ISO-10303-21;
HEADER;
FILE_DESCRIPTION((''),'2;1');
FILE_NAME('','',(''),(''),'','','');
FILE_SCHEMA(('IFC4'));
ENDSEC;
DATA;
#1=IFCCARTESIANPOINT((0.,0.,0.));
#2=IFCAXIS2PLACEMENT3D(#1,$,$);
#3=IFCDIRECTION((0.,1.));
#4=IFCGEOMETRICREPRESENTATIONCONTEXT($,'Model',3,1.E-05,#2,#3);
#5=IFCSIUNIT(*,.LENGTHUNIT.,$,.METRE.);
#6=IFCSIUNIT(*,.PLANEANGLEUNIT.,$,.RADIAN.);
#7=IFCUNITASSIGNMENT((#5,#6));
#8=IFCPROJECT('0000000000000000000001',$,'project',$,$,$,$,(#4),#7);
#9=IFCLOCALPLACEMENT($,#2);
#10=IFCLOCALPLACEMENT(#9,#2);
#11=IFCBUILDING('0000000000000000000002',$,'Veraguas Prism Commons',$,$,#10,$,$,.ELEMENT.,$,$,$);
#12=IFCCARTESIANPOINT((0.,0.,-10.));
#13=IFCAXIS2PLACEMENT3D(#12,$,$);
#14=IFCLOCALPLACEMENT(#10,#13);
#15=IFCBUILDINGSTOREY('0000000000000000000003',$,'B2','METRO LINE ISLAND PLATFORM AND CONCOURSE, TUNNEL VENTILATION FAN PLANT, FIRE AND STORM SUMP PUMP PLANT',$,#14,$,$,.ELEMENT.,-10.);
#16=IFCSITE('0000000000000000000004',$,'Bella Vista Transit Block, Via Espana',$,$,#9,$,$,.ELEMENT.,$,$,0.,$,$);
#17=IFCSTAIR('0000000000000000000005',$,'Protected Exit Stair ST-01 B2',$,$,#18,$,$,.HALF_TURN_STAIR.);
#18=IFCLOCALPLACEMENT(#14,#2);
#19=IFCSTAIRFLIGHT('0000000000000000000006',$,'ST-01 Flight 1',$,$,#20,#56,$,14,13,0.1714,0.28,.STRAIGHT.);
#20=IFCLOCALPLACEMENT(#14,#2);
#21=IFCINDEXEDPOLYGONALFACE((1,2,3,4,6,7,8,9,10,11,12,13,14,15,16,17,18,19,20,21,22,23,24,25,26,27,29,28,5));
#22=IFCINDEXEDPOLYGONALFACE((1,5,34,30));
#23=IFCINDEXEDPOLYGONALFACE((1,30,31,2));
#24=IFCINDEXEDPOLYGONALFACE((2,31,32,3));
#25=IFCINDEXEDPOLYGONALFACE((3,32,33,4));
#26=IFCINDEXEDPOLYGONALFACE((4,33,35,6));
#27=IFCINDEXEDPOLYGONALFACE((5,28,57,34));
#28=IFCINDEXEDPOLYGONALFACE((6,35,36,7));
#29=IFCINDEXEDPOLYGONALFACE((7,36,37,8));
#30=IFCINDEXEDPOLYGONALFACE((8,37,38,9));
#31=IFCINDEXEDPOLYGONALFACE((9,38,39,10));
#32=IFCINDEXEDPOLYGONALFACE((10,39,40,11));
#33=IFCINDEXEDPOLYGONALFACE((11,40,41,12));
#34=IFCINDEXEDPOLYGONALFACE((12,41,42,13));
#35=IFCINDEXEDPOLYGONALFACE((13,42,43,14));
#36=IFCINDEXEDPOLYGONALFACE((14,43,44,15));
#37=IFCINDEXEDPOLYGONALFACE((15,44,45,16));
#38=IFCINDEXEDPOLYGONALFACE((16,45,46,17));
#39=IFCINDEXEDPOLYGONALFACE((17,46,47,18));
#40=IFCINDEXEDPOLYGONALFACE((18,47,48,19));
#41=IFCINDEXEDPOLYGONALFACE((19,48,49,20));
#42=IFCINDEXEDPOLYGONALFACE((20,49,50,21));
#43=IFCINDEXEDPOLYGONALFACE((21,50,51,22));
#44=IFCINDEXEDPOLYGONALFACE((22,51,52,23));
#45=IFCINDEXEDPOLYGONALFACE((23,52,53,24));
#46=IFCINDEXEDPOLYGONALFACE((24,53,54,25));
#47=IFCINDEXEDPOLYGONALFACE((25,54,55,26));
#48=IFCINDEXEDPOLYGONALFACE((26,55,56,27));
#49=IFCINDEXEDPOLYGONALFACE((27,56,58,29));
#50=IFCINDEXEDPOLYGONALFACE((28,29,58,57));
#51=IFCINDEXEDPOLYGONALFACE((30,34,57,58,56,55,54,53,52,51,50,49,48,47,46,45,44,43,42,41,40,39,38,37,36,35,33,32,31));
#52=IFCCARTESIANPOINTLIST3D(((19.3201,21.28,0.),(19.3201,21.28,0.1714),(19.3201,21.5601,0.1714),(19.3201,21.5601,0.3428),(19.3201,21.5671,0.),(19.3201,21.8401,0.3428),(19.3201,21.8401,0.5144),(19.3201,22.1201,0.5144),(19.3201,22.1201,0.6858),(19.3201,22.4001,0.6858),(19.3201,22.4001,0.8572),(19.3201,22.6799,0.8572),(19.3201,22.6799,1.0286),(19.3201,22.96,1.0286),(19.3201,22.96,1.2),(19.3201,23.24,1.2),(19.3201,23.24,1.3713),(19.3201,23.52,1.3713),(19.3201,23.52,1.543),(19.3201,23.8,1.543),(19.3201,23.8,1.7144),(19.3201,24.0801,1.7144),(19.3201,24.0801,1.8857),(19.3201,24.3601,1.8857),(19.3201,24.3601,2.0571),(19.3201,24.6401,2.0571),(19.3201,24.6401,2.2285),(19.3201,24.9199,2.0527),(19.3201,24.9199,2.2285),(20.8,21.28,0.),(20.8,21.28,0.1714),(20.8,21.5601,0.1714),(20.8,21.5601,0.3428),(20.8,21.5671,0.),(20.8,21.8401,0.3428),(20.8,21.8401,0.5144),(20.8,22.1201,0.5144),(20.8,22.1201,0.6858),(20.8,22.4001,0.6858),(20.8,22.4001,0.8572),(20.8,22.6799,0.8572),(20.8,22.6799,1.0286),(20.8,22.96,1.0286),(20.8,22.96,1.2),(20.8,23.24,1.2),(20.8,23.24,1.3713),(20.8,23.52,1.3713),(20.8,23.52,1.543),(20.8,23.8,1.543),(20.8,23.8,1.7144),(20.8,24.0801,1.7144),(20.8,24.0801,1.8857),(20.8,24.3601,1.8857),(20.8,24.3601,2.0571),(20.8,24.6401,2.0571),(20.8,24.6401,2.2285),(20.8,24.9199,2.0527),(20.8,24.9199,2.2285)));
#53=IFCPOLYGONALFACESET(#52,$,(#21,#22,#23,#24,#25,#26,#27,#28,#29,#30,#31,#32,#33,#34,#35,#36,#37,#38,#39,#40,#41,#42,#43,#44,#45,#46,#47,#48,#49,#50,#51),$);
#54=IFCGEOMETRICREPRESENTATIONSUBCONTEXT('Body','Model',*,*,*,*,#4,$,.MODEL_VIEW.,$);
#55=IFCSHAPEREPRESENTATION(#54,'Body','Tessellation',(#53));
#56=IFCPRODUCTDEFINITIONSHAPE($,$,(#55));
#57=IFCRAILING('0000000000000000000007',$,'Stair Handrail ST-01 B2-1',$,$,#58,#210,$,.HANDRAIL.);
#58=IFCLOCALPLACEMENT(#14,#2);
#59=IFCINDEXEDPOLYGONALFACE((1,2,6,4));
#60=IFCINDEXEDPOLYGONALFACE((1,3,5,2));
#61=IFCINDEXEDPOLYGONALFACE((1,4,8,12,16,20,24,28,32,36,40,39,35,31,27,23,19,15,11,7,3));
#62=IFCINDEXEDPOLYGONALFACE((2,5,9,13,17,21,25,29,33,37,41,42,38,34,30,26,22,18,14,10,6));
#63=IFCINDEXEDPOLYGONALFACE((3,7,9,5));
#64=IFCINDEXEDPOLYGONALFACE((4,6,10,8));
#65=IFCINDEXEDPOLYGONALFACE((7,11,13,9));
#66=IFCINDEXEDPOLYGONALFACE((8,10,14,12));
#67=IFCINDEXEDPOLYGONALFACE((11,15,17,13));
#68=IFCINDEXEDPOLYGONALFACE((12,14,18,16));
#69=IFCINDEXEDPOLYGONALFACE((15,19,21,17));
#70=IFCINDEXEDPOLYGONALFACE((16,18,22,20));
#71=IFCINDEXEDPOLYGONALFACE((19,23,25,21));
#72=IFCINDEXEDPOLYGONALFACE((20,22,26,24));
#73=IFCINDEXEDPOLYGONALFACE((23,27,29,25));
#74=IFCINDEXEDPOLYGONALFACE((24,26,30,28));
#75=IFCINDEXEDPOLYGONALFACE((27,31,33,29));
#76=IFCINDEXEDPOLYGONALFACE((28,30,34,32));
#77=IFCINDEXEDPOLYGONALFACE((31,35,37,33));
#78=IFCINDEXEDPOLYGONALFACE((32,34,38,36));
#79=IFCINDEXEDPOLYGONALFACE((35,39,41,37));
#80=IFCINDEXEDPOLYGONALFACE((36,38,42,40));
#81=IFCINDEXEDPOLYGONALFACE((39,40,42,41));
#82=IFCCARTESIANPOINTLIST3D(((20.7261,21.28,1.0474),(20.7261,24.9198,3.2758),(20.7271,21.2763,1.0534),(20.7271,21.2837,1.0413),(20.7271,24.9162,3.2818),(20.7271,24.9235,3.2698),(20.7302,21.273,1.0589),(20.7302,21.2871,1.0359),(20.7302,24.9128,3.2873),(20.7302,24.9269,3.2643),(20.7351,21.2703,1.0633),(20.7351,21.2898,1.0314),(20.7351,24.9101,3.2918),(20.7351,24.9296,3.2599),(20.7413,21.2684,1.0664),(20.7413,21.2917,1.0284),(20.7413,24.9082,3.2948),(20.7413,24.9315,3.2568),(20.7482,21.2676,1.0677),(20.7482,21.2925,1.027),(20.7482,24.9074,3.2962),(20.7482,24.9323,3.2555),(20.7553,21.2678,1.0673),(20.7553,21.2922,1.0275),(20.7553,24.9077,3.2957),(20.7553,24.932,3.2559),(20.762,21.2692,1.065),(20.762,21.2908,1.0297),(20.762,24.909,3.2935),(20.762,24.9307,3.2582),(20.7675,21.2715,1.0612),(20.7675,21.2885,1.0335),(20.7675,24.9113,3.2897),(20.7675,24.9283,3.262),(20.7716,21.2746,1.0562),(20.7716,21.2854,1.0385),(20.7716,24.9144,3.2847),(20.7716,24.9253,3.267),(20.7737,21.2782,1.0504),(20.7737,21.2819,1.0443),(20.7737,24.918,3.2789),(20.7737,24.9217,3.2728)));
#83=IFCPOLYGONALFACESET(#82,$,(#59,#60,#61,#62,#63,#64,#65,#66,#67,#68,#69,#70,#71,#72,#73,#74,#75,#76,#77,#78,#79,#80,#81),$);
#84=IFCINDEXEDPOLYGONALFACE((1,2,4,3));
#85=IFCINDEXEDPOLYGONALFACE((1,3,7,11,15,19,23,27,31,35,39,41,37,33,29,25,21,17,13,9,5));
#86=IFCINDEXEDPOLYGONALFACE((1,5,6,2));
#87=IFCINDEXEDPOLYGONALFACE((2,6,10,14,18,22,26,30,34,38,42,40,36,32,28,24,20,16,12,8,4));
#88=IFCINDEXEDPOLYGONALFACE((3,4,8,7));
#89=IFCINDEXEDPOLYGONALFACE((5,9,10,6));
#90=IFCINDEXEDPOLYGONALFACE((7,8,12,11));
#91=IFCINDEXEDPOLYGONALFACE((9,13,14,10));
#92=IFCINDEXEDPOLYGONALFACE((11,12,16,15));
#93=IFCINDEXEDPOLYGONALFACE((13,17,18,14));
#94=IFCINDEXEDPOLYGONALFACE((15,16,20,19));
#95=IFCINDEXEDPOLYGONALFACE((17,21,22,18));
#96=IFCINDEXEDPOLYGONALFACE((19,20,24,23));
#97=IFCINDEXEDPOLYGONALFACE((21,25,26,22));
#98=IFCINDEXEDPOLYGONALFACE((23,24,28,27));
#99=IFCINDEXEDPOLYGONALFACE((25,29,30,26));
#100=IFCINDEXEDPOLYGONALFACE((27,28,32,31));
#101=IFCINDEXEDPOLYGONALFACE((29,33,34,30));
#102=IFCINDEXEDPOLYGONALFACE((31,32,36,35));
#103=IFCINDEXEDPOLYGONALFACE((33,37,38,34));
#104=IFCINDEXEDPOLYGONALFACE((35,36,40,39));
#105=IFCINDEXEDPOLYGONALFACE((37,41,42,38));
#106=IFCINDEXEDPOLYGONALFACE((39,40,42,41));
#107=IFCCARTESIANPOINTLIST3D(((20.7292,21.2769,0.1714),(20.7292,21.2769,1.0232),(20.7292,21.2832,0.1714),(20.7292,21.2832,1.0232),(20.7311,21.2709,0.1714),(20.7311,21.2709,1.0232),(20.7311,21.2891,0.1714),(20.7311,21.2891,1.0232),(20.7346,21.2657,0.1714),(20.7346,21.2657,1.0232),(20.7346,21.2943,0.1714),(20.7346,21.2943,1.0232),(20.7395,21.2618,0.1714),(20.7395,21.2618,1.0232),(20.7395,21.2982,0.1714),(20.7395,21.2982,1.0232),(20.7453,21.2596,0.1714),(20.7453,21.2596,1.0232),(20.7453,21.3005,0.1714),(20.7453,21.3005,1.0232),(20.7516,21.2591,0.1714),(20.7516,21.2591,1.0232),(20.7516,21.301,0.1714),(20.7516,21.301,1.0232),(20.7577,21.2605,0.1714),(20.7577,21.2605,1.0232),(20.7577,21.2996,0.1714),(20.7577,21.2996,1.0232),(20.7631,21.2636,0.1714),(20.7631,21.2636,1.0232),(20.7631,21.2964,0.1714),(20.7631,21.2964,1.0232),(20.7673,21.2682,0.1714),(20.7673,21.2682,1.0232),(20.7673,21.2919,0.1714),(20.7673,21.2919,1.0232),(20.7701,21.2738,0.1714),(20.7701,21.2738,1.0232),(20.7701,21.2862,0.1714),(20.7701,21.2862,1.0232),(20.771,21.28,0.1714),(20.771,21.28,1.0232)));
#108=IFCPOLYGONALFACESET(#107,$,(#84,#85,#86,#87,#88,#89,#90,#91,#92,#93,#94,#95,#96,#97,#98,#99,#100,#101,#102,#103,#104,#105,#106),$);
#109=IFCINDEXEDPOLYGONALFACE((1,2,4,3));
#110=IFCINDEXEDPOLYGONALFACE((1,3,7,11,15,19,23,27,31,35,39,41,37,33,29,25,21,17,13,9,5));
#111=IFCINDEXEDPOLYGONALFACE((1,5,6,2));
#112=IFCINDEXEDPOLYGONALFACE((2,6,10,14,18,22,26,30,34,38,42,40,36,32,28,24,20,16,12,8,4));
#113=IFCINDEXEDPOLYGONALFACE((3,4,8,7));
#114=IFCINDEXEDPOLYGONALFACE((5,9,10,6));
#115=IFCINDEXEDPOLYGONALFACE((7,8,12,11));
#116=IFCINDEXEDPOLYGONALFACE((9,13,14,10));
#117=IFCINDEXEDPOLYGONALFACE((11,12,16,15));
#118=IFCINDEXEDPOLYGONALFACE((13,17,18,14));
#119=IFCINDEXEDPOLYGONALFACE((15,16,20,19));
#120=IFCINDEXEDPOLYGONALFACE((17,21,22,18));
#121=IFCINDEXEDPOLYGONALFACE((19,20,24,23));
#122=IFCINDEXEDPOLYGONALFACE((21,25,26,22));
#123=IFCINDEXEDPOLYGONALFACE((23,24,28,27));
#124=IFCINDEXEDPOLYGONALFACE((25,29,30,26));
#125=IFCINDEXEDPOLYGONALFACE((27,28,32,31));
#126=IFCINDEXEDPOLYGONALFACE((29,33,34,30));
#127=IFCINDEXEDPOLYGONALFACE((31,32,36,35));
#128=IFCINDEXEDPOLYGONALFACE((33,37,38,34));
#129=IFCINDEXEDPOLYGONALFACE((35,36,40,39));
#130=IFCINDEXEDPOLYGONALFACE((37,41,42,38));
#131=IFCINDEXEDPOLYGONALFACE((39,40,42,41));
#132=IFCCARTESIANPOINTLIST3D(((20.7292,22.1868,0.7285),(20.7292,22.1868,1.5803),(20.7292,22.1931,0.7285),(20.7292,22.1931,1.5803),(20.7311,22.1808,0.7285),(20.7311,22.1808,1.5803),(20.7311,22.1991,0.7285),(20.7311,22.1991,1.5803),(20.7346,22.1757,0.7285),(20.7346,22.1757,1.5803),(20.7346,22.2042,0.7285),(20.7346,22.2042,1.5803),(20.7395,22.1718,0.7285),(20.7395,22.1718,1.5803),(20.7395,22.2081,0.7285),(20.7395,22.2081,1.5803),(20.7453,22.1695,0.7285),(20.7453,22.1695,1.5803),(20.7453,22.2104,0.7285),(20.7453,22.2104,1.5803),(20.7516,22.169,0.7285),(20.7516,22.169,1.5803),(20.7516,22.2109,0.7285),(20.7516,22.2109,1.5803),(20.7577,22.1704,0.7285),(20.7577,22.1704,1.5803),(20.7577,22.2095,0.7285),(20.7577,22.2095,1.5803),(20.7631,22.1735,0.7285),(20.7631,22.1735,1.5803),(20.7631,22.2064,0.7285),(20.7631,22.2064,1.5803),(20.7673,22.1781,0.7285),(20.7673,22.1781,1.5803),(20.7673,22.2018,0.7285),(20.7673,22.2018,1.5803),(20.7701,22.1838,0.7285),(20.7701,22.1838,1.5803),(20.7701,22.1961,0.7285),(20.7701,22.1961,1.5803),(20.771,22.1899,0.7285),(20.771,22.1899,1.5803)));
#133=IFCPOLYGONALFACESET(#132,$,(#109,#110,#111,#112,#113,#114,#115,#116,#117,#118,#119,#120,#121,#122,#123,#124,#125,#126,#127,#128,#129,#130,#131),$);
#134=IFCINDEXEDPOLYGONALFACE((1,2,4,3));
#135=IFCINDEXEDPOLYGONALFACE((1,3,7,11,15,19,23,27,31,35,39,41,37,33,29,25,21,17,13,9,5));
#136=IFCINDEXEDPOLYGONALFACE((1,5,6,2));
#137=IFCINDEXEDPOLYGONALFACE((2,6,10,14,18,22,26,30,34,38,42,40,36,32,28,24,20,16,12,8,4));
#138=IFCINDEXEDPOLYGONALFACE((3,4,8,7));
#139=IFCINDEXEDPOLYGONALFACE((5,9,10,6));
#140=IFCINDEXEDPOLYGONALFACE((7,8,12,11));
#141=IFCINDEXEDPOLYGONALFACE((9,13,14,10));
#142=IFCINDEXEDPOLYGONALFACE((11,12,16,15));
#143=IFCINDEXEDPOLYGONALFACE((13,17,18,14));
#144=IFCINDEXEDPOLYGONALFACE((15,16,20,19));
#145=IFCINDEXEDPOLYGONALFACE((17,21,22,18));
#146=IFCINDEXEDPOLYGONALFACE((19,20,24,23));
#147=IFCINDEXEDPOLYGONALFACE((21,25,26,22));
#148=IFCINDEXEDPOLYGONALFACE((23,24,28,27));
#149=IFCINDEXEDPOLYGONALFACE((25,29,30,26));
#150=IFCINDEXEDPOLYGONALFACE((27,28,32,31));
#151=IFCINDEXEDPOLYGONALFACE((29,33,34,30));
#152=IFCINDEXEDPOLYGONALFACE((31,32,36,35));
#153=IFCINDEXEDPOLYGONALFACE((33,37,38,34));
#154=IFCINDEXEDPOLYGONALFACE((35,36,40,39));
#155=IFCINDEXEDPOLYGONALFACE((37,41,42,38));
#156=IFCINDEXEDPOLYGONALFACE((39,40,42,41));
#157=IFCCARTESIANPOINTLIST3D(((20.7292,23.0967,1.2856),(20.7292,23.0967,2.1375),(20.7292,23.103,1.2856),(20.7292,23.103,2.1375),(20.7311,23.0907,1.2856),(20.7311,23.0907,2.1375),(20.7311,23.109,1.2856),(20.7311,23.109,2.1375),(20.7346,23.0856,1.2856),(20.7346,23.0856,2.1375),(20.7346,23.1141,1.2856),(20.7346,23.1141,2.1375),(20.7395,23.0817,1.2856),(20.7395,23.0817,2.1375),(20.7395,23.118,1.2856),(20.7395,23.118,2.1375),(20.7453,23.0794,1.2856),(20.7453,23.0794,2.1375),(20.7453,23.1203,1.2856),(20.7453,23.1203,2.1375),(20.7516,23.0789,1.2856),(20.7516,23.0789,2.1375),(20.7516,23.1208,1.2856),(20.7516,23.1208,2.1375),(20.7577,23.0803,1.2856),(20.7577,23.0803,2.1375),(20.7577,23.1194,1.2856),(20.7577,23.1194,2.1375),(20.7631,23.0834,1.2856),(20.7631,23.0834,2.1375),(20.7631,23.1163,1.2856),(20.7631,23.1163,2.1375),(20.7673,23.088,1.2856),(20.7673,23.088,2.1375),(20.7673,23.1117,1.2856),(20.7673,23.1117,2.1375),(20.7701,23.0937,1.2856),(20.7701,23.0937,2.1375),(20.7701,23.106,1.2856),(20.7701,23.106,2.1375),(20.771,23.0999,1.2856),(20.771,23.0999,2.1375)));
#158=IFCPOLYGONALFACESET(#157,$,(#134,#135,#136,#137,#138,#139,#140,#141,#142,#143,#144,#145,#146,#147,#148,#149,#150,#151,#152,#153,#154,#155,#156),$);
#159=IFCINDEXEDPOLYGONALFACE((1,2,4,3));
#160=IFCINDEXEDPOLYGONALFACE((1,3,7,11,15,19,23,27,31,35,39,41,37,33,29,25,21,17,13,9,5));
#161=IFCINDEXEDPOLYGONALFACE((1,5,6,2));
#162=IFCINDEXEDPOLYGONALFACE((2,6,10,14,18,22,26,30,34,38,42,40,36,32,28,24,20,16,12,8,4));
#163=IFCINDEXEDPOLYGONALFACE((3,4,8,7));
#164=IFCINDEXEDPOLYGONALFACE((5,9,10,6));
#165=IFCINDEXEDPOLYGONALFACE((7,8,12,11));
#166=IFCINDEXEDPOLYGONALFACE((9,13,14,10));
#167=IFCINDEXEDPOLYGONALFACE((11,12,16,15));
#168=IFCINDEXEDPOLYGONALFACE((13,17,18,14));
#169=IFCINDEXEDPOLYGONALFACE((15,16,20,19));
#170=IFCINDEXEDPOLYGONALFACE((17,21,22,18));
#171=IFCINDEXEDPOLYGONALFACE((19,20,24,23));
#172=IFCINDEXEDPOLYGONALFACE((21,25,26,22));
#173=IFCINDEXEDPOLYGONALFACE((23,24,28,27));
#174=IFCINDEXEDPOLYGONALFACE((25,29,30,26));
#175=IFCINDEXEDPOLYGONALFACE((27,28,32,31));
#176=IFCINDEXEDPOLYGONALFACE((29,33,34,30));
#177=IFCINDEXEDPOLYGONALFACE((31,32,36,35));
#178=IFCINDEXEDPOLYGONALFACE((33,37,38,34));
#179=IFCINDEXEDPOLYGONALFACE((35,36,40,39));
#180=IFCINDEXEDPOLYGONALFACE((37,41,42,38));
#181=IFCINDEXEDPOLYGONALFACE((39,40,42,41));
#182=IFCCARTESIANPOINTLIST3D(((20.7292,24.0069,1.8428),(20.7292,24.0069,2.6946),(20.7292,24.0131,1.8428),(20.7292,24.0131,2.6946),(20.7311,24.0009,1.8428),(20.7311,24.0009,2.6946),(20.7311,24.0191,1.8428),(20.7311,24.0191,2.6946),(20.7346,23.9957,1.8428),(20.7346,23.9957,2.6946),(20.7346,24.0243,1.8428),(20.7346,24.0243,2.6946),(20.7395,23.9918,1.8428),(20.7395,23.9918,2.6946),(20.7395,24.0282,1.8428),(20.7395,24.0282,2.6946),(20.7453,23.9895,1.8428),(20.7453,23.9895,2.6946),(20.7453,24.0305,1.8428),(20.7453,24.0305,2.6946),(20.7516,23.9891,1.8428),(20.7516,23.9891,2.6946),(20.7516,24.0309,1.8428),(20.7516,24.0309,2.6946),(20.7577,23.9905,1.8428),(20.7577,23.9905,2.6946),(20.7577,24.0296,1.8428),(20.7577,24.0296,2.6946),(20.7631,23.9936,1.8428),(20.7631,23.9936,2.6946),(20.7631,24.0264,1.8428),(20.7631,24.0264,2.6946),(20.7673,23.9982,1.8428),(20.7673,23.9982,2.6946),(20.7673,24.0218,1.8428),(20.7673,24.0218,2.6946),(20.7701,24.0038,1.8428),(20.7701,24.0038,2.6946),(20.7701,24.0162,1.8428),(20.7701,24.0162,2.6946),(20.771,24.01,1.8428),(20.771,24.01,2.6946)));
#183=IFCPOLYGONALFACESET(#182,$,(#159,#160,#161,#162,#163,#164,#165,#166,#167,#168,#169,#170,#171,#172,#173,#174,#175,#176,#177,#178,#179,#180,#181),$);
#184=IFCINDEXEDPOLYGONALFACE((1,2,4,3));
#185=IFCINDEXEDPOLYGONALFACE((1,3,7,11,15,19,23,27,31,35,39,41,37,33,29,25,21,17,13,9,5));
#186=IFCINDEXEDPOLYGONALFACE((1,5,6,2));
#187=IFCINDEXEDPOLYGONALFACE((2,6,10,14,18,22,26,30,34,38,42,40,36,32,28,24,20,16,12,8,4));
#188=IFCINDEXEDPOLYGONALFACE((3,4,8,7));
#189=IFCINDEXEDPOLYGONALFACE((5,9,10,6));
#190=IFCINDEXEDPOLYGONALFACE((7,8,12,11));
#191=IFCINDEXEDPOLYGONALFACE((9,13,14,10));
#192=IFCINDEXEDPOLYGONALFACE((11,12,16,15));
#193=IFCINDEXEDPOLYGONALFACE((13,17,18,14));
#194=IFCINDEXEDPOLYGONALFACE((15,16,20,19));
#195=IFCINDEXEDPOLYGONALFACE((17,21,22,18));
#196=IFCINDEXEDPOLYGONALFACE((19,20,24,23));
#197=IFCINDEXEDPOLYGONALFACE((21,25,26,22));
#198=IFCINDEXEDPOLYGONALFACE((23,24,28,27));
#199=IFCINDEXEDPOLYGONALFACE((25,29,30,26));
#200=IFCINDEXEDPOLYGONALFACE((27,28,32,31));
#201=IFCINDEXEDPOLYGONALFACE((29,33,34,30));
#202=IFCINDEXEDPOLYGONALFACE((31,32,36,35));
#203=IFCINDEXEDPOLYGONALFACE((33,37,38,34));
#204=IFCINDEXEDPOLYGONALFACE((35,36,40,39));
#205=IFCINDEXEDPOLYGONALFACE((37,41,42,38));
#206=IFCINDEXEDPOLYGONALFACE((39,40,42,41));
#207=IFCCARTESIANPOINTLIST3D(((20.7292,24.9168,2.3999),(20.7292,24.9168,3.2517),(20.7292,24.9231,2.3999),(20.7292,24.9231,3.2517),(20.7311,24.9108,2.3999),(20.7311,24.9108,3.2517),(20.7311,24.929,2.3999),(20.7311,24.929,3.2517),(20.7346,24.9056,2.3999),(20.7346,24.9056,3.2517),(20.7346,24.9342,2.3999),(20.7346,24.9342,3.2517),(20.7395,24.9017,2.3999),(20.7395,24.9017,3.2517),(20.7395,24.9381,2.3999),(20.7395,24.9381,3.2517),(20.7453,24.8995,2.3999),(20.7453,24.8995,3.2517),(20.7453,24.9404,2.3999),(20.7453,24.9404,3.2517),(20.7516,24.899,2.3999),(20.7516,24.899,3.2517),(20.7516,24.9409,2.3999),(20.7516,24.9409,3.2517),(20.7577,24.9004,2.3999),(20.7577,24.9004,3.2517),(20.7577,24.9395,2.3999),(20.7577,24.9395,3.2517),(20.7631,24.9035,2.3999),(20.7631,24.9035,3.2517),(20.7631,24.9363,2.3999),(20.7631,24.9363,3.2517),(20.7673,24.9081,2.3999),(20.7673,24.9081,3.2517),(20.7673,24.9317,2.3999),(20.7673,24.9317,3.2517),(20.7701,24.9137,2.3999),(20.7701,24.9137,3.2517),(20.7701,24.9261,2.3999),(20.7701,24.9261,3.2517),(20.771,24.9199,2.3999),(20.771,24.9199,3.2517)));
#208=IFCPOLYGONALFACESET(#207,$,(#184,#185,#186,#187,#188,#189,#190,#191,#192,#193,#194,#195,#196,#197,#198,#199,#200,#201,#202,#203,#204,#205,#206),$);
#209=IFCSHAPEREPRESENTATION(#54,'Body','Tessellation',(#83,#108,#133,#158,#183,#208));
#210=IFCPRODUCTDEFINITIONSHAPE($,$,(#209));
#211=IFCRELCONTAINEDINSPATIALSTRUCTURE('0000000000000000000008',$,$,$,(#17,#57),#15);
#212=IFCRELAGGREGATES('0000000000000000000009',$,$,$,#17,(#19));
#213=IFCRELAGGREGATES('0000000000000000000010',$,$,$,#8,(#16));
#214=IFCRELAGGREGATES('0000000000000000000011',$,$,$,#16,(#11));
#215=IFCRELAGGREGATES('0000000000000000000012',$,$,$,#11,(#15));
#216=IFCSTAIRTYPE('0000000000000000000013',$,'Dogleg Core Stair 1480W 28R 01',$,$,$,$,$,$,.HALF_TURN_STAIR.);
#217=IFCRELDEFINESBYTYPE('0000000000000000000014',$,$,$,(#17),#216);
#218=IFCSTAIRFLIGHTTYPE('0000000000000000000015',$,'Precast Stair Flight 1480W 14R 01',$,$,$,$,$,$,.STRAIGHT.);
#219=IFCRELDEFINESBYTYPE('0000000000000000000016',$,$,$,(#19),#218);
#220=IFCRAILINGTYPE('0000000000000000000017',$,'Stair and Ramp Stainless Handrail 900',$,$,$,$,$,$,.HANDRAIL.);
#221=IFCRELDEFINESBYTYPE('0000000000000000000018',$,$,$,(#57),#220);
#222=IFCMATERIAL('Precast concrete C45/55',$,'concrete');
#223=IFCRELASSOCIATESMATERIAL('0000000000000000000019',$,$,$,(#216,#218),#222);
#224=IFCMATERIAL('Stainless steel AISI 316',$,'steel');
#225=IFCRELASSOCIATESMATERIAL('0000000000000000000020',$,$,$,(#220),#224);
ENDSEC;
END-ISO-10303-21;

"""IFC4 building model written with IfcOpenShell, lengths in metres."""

from ifc_helpers import new_model, si_unit, direction, frame, origin, origin_2d, place, context, subcontext, project, spatial, polyline, circle, outline, extrude, material, type_object, element, aggregate, save


model = new_model("IFC4")

# Units and contexts
model_context = context("Model", 3, precision=1e-05, world=origin(), true_north=direction((0.0, 1.0)))
body_context = subcontext(model_context, "Body", "Model", "MODEL_VIEW")
ifc_project = project(units=[si_unit("LENGTHUNIT", "METRE"), si_unit("PLANEANGLEUNIT", "RADIAN")], contexts=[model_context])

# Site, building, storey
site_placement = place(None, origin())
site = spatial("IfcSite", under=ifc_project, at=site_placement, Name="Bella Vista Transit Block, Via Espana", CompositionType="ELEMENT", RefElevation=0.0)
building_placement = place(site_placement, origin())
building = spatial("IfcBuilding", under=site, at=building_placement, Name="Veraguas Prism Commons", CompositionType="ELEMENT")
storey_placement = place(building_placement, frame((0.0, 0.0, -10.0)))
storey = spatial("IfcBuildingStorey", under=building, at=storey_placement, Name="B2", Description="METRO LINE ISLAND PLATFORM AND CONCOURSE, TUNNEL VENTILATION FAN PLANT, FIRE AND STORM SUMP PUMP PLANT", CompositionType="ELEMENT", Elevation=-10.0)

# Shared definitions
ifc_material_1 = material(Name="Stainless steel AISI 316", Category="steel")

# Stair, stair flight
ifc_material_2 = material(Name="Precast concrete C45/55", Category="concrete")
stair_type = type_object("IfcStairType", Name="Dogleg Core Stair 1480W 28R 01", PredefinedType="HALF_TURN_STAIR", material=ifc_material_2)
stair_placement = place(storey_placement, origin())
stair = element("IfcStair", 1, at=stair_placement, inside=storey, type_object=stair_type, Name="Protected Exit Stair ST-01 B2", PredefinedType="HALF_TURN_STAIR")
stair_flight_type = type_object("IfcStairFlightType", Name="Precast Stair Flight 1480W 14R 01", PredefinedType="STRAIGHT", material=ifc_material_2)
stair_flight_placement = place(storey_placement, frame((20.0601, 21.28, 0.0), z_axis=(0.0, 0.0, 1.0), x_axis=(0.0, 1.0, 0.0)))
stair_flight = element("IfcStairFlight", 2, at=stair_flight_placement, type_object=stair_flight_type, Name="ST-01 Flight 1", NumberOfRisers=14, NumberOfTreads=13, PredefinedType="STRAIGHT", RiserHeight=0.1714, TreadLength=0.28, context=body_context, shape_type="SweptSolid", body=[
    extrude(outline(polyline([(0.0, 0.0), (0.0, 0.1714), (0.28, 0.1714), (0.28, 0.3428), (0.5601, 0.3428), (0.5601, 0.5144), (0.8401, 0.5144), (0.8401, 0.6858), (1.1201, 0.6858), (1.1201, 0.8572), (1.3999, 0.8572), (1.3999, 1.0286), (1.6799, 1.0286), (1.6799, 1.2), (1.96, 1.2), (1.96, 1.3713), (2.24, 1.3713), (2.24, 1.543), (2.52, 1.543), (2.52, 1.7144), (2.8, 1.7144), (2.8, 1.8857), (3.0801, 1.8857), (3.0801, 2.0571), (3.3601, 2.0571), (3.3601, 2.2285), (3.6399, 2.2285), (3.6399, 2.3999), (3.6399, 2.0527), (0.2871, 0.0), (0.0, 0.0)])), frame((0.0, 0.74, 0.0), z_axis=(0.0, -1.0, 0.0), x_axis=(1.0, 0.0, 0.0)), (0.0, 0.0, 1.0), 1.48),
])
aggregate(stair, [stair_flight])

# Railing
railing_type_1 = type_object("IfcRailingType", Name="Stair and Ramp Stainless Handrail 900", PredefinedType="HANDRAIL", material=ifc_material_1)
railing_1_placement = place(storey_placement, frame((20.75, 21.28, 0.1714)))
element("IfcRailing", 3, at=railing_1_placement, inside=storey, type_object=railing_type_1, Name="Stair Handrail ST-01 B2-1", PredefinedType="HANDRAIL", context=body_context, shape_type="SweptSolid", body=[
    extrude(circle(Radius=0.0239, at=origin_2d()), frame((0.0, 0.0, 0.876), z_axis=(0.0, 0.85285, 0.522156), x_axis=(-1.0, 0.0, 0.0)), (0.0, 0.0, 1.0), 4.2678),
    extrude(circle(Radius=0.021, at=origin_2d()), origin(), (0.0, 0.0, 1.0), 0.8518),
    extrude(circle(Radius=0.021, at=origin_2d()), frame((0.0, 0.9099, 0.5571)), (0.0, 0.0, 1.0), 0.8518),
    extrude(circle(Radius=0.021, at=origin_2d()), frame((0.0, 1.8198, 1.1143)), (0.0, 0.0, 1.0), 0.8518),
    extrude(circle(Radius=0.021, at=origin_2d()), frame((0.0, 2.73, 1.6714)), (0.0, 0.0, 1.0), 0.8518),
    extrude(circle(Radius=0.021, at=origin_2d()), frame((0.0, 3.6399, 2.2285)), (0.0, 0.0, 1.0), 0.8518),
])

save(model, "model.ifc")
